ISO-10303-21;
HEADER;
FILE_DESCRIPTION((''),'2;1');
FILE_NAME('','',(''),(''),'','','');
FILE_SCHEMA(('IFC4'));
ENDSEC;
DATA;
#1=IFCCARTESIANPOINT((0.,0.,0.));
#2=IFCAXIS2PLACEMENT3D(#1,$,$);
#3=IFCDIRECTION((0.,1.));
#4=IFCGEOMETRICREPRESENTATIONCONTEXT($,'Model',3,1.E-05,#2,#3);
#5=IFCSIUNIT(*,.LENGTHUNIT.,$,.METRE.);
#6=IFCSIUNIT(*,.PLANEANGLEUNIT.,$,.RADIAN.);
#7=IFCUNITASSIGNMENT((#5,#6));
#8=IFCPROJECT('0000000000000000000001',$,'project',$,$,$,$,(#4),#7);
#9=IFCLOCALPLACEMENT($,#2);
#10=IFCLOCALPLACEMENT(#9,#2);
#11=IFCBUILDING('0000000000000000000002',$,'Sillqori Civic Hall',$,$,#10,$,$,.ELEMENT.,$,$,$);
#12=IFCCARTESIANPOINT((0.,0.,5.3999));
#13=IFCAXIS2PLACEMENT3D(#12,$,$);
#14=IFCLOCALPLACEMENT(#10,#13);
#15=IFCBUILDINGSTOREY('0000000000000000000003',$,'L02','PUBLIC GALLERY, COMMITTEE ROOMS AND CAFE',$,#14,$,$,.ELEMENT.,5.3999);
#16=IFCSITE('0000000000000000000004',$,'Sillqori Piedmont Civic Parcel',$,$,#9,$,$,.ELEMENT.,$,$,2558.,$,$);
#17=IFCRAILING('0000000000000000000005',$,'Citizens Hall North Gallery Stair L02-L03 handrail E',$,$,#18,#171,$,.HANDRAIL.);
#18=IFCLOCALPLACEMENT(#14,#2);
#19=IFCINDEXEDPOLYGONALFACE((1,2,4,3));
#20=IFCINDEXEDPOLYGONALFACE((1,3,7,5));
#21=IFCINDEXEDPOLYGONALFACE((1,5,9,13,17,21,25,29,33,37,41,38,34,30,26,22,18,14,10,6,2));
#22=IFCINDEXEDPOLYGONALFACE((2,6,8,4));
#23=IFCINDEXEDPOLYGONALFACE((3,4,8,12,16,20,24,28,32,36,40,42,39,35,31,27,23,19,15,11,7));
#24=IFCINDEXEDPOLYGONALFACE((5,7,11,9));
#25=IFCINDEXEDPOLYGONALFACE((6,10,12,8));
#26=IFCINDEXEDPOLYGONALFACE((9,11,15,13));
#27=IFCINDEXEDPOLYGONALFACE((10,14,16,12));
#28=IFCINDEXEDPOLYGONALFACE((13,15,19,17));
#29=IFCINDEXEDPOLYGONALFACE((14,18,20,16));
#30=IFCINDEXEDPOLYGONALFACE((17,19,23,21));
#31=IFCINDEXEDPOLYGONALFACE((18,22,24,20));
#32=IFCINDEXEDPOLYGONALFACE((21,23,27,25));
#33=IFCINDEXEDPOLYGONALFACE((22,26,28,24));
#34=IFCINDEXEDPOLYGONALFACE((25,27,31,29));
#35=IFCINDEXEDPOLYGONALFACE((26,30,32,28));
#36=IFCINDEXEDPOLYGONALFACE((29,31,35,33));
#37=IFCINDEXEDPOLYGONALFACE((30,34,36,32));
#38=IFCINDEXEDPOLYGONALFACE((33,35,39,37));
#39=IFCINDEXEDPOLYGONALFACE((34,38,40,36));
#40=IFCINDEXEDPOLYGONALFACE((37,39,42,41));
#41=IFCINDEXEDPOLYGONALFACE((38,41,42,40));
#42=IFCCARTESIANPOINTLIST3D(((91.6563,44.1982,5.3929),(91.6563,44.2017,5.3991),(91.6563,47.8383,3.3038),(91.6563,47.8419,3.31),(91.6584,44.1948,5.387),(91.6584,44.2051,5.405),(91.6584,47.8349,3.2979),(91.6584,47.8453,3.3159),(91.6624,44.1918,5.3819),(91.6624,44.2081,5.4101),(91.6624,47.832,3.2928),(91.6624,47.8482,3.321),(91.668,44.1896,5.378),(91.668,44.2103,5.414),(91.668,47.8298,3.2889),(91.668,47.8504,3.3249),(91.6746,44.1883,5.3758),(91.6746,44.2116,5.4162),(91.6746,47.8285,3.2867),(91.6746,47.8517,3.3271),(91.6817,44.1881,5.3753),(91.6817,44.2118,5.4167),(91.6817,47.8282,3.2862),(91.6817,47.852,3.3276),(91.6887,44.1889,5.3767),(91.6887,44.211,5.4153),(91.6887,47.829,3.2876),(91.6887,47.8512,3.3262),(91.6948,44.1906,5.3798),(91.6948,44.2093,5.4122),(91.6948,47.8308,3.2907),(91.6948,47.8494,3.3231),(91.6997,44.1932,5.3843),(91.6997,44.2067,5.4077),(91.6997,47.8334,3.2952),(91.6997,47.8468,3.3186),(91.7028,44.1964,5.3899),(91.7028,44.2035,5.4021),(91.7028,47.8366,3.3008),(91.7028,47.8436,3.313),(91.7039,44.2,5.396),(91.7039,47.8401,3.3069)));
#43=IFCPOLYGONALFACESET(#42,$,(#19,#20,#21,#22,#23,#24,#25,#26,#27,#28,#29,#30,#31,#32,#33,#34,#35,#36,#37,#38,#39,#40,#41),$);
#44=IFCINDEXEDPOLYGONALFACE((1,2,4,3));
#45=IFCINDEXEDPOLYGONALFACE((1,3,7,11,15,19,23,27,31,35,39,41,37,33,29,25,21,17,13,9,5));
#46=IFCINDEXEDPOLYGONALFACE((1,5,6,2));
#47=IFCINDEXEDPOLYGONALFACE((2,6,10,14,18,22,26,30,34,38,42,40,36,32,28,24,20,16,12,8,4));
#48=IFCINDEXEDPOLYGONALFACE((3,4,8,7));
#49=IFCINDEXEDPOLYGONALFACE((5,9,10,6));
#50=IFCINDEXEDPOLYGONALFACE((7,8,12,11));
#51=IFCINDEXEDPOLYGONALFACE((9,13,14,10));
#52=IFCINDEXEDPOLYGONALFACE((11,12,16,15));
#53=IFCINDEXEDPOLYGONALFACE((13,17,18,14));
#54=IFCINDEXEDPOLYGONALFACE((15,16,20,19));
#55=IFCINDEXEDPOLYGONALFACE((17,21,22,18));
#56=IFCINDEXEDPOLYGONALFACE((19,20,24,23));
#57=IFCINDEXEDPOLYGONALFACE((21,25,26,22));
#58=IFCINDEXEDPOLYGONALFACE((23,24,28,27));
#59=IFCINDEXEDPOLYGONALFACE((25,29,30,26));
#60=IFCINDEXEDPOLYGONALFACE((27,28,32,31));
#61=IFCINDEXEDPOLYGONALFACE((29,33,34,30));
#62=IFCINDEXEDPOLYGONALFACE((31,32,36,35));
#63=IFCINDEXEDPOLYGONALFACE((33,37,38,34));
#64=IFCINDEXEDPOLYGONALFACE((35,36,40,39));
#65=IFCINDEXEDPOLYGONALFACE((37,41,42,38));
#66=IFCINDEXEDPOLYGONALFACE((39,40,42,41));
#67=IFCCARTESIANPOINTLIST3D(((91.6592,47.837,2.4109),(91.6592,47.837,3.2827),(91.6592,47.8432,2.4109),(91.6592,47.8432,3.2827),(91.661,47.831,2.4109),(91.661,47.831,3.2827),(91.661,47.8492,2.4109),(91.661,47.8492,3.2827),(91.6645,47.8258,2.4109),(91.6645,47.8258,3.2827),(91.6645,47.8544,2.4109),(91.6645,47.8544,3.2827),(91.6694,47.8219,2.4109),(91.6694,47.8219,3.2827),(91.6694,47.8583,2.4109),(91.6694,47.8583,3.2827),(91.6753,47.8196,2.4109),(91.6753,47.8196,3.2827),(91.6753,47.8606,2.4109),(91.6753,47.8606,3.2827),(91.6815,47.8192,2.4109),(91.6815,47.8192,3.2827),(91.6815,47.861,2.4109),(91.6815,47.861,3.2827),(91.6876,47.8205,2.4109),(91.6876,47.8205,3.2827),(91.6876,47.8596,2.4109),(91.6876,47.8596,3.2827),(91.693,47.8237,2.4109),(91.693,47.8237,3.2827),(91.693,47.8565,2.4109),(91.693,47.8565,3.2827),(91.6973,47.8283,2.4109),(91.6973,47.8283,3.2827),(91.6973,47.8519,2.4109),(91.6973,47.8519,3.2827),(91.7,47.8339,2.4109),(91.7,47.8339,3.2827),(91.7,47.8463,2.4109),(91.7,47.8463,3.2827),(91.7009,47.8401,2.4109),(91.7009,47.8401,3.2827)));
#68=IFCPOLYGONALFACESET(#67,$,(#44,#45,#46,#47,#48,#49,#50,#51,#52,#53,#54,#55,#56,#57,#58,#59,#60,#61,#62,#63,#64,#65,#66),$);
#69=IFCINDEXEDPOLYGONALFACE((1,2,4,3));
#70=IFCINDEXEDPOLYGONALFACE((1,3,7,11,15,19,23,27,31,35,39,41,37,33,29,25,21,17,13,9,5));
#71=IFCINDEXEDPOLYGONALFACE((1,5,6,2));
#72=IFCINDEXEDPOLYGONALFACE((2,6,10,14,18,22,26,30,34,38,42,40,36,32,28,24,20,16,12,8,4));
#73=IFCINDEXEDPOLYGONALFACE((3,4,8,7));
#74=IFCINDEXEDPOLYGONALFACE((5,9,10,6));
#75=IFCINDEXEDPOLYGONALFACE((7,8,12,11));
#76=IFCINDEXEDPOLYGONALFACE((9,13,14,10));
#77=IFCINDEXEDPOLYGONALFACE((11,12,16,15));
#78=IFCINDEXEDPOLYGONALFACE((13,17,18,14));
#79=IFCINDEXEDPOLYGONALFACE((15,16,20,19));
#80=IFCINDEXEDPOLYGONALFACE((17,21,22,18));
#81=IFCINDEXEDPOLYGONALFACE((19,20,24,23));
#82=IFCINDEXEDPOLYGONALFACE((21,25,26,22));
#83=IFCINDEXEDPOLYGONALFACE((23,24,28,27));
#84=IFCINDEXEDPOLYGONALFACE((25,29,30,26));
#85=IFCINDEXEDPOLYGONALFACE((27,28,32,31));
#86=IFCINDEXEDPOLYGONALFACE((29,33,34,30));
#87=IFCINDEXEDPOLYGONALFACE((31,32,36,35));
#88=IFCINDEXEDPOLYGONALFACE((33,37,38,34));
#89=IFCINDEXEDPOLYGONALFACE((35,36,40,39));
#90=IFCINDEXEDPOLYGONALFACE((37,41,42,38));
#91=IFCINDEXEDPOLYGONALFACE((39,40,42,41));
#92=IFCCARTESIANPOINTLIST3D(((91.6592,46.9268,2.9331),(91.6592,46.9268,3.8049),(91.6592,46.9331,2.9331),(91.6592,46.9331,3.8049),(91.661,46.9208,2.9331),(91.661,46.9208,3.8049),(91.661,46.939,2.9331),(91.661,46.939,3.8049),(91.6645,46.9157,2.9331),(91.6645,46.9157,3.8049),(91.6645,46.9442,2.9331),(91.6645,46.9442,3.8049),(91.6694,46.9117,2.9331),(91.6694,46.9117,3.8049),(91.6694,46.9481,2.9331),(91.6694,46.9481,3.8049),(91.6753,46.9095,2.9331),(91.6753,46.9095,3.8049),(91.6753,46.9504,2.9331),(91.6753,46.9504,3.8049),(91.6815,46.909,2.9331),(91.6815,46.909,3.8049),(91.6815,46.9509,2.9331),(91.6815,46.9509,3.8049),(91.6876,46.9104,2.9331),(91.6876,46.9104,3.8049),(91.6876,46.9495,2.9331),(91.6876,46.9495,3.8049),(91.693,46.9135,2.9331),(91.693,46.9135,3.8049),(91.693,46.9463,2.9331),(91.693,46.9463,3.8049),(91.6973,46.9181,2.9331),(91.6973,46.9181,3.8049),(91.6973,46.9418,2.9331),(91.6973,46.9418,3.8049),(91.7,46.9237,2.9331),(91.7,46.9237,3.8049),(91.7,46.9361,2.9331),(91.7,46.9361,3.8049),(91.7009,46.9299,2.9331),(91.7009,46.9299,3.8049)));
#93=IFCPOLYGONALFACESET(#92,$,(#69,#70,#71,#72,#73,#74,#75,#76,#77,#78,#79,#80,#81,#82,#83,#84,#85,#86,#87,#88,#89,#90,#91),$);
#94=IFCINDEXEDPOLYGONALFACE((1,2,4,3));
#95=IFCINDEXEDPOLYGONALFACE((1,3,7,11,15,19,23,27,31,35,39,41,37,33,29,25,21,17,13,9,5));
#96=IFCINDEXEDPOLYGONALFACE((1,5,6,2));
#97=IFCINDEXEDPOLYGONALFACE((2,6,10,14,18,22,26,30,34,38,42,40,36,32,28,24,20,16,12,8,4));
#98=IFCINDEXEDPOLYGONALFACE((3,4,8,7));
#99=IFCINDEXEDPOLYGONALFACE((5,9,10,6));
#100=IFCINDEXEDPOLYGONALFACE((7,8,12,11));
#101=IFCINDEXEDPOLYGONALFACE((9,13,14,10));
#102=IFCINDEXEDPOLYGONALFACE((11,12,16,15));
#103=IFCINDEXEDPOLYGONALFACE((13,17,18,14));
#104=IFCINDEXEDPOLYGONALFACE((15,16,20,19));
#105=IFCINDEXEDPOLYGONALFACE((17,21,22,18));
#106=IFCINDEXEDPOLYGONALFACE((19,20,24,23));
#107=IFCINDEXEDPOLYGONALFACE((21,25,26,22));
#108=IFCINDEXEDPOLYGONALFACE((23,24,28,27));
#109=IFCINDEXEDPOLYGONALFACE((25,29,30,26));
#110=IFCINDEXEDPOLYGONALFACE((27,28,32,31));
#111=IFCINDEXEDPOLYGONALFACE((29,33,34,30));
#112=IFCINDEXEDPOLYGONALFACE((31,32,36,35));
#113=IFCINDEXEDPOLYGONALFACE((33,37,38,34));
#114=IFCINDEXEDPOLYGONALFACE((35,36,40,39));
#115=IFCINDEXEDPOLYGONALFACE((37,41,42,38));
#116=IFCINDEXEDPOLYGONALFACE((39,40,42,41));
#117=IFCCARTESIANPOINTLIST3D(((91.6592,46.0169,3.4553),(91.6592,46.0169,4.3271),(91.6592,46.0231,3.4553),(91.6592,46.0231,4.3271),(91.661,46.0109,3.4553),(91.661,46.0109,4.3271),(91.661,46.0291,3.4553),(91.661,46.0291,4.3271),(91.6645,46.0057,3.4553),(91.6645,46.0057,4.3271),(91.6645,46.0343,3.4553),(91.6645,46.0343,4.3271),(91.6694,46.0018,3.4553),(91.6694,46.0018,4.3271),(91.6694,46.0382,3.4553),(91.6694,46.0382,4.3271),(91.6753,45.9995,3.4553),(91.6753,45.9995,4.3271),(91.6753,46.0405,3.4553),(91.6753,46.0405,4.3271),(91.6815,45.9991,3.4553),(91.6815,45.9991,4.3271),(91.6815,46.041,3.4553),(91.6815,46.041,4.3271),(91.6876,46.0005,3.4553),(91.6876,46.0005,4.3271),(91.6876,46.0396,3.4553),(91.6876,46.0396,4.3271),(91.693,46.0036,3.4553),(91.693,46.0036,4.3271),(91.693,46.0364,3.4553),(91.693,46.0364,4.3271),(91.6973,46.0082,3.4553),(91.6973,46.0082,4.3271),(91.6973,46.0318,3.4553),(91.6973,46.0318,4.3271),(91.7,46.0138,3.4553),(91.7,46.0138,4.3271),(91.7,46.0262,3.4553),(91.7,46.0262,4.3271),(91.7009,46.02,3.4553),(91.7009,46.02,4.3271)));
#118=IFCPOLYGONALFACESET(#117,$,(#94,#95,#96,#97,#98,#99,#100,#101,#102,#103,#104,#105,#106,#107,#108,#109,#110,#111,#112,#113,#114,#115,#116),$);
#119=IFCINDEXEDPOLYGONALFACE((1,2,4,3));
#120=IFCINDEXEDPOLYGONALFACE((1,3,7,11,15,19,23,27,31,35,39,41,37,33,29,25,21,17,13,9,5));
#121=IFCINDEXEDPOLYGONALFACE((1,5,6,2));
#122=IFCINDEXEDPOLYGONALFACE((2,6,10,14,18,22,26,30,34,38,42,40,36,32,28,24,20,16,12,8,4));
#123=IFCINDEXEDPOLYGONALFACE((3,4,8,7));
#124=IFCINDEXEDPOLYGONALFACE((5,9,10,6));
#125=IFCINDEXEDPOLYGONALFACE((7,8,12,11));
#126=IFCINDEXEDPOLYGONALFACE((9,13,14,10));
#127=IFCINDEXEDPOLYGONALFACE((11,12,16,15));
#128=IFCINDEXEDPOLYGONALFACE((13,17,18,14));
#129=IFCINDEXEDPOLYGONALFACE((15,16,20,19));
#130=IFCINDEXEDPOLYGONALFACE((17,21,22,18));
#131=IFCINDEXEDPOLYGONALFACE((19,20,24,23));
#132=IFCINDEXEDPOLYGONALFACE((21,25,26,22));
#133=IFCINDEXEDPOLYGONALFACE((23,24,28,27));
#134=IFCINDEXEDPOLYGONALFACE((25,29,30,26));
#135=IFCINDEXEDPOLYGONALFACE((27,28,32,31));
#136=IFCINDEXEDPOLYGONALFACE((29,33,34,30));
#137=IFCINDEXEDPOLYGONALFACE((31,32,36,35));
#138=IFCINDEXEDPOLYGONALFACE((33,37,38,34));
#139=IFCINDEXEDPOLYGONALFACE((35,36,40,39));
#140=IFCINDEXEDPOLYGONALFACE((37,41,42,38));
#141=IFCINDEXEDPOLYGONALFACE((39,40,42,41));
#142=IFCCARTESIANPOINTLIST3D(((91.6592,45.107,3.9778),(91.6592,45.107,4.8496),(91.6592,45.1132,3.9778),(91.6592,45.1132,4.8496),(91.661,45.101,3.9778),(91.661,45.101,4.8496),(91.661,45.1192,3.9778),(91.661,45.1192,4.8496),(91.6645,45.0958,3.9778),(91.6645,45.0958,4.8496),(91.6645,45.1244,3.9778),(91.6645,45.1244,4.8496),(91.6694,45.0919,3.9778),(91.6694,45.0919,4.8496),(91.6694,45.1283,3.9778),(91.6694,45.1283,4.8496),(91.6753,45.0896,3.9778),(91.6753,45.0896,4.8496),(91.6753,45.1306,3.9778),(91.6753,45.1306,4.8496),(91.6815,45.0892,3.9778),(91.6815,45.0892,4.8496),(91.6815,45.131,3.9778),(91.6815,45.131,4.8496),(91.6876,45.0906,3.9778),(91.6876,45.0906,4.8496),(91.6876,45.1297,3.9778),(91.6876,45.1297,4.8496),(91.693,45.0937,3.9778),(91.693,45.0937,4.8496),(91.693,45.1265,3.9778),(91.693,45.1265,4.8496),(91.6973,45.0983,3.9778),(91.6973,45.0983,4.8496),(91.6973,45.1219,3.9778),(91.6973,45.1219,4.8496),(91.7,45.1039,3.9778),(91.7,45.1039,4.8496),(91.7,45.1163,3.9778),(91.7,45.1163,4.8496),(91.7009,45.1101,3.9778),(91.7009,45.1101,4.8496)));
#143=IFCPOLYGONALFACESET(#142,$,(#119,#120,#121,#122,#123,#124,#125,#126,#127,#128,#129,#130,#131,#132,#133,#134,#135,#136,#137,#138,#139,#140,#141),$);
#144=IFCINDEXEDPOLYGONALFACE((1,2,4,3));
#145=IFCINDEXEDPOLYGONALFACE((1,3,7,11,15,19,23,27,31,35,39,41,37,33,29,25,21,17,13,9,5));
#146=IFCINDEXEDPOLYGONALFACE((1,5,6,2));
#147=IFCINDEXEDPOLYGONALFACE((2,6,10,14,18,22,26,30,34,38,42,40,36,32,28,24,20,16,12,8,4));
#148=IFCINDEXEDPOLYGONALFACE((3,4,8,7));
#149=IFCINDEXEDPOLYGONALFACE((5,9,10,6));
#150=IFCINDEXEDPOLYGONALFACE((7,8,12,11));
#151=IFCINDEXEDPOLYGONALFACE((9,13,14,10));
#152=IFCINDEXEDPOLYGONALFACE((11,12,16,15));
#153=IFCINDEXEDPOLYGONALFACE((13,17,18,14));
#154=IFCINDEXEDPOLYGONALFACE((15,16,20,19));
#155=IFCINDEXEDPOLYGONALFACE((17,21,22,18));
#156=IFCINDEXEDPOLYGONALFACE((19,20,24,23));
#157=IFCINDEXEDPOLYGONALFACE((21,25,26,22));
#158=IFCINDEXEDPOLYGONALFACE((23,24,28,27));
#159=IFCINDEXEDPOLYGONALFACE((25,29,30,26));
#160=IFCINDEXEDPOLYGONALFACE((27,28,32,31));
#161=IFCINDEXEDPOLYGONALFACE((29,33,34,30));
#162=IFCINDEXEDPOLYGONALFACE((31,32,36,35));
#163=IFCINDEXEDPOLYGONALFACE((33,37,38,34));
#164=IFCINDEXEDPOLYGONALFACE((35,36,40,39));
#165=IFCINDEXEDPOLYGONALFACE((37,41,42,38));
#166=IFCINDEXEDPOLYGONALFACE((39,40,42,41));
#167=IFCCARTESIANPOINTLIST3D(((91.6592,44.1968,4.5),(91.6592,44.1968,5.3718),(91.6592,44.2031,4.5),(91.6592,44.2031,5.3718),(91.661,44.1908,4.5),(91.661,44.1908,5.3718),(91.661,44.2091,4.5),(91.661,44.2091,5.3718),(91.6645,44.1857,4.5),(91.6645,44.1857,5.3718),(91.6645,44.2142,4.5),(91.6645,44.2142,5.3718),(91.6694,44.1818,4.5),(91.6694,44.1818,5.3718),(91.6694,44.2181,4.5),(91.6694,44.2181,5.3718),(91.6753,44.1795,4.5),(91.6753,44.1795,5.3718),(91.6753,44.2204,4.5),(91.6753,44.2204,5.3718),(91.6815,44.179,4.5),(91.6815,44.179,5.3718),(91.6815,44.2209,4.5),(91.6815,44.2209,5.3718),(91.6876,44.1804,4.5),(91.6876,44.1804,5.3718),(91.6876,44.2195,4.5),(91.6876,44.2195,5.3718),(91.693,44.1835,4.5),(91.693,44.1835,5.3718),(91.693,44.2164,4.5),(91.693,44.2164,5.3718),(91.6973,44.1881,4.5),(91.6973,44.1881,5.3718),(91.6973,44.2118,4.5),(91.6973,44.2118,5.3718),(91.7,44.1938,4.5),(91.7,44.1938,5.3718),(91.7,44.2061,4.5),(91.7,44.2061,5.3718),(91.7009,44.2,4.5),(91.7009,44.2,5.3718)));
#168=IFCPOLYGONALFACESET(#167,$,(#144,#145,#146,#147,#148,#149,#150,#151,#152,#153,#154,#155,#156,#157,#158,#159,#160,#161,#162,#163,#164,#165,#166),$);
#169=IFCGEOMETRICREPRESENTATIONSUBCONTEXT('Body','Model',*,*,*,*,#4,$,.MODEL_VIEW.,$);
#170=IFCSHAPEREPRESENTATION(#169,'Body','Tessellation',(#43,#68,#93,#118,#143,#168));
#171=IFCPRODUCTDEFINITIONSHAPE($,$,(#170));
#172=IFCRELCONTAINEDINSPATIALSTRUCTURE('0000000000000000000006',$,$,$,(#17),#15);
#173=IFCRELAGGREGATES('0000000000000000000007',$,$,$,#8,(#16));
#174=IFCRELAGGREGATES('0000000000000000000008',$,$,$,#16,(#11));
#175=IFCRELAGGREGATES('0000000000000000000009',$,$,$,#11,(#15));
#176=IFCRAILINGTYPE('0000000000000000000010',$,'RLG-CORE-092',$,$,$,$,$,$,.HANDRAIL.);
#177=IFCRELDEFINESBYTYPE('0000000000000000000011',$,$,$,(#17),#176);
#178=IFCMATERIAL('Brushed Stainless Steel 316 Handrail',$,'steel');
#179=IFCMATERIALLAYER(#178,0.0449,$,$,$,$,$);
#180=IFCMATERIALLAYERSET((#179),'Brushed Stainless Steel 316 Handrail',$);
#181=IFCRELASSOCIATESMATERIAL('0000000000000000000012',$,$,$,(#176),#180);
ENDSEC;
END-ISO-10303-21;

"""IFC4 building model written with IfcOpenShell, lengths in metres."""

from ifc_helpers import new_model, si_unit, direction, frame, origin, origin_2d, place, context, subcontext, project, spatial, circle, extrude, material, layer, layer_set, type_object, element, save


model = new_model("IFC4")

# Units and contexts
model_context = context("Model", 3, precision=1e-05, world=origin(), true_north=direction((0.0, 1.0)))
body_context = subcontext(model_context, "Body", "Model", "MODEL_VIEW")
ifc_project = project(units=[si_unit("LENGTHUNIT", "METRE"), si_unit("PLANEANGLEUNIT", "RADIAN")], contexts=[model_context])

# Site, building, storey
site_placement = place(None, origin())
site = spatial("IfcSite", under=ifc_project, at=site_placement, Name="Sillqori Piedmont Civic Parcel", CompositionType="ELEMENT", RefElevation=2558.0)
building_placement = place(site_placement, origin())
building = spatial("IfcBuilding", under=site, at=building_placement, Name="Sillqori Civic Hall", CompositionType="ELEMENT")
storey_placement = place(building_placement, frame((0.0, 0.0, 5.3999)))
storey = spatial("IfcBuildingStorey", under=building, at=storey_placement, Name="L02", Description="PUBLIC GALLERY, COMMITTEE ROOMS AND CAFE", CompositionType="ELEMENT", Elevation=5.3999)

# Railing
ifc_material_1 = material(Name="Brushed Stainless Steel 316 Handrail", Category="steel")
ifc_layer_1 = layer(ifc_material_1, 0.0449)
ifc_layer_set_1 = layer_set([ifc_layer_1], Name="Brushed Stainless Steel 316 Handrail")
railing_type_1 = type_object("IfcRailingType", Name="RLG-CORE-092", PredefinedType="HANDRAIL", material=ifc_layer_set_1)
railing_1_placement = place(storey_placement, frame((91.6799, 47.8401, 2.4109)))
element("IfcRailing", 1, at=railing_1_placement, inside=storey, type_object=railing_type_1, Name="Citizens Hall North Gallery Stair L02-L03 handrail E", PredefinedType="HANDRAIL", context=body_context, shape_type="SweptSolid", body=[
    extrude(circle(Radius=0.0239, at=origin_2d()), frame((0.0, 0.0, 0.896), z_axis=(0.0, -0.867314, 0.497761), x_axis=(1.0, 0.0, 0.0)), (0.0, 0.0, 1.0), 4.197),
    extrude(circle(Radius=0.021, at=origin_2d()), origin(), (0.0, 0.0, 1.0), 0.8718),
    extrude(circle(Radius=0.021, at=origin_2d()), frame((0.0, -0.9102, 0.5222)), (0.0, 0.0, 1.0), 0.8718),
    extrude(circle(Radius=0.021, at=origin_2d()), frame((0.0, -1.8201, 1.0444)), (0.0, 0.0, 1.0), 0.8718),
    extrude(circle(Radius=0.021, at=origin_2d()), frame((0.0, -2.73, 1.5669)), (0.0, 0.0, 1.0), 0.8718),
    extrude(circle(Radius=0.021, at=origin_2d()), frame((0.0, -3.6401, 2.0891)), (0.0, 0.0, 1.0), 0.8718),
])

save(model, "model.ifc")
